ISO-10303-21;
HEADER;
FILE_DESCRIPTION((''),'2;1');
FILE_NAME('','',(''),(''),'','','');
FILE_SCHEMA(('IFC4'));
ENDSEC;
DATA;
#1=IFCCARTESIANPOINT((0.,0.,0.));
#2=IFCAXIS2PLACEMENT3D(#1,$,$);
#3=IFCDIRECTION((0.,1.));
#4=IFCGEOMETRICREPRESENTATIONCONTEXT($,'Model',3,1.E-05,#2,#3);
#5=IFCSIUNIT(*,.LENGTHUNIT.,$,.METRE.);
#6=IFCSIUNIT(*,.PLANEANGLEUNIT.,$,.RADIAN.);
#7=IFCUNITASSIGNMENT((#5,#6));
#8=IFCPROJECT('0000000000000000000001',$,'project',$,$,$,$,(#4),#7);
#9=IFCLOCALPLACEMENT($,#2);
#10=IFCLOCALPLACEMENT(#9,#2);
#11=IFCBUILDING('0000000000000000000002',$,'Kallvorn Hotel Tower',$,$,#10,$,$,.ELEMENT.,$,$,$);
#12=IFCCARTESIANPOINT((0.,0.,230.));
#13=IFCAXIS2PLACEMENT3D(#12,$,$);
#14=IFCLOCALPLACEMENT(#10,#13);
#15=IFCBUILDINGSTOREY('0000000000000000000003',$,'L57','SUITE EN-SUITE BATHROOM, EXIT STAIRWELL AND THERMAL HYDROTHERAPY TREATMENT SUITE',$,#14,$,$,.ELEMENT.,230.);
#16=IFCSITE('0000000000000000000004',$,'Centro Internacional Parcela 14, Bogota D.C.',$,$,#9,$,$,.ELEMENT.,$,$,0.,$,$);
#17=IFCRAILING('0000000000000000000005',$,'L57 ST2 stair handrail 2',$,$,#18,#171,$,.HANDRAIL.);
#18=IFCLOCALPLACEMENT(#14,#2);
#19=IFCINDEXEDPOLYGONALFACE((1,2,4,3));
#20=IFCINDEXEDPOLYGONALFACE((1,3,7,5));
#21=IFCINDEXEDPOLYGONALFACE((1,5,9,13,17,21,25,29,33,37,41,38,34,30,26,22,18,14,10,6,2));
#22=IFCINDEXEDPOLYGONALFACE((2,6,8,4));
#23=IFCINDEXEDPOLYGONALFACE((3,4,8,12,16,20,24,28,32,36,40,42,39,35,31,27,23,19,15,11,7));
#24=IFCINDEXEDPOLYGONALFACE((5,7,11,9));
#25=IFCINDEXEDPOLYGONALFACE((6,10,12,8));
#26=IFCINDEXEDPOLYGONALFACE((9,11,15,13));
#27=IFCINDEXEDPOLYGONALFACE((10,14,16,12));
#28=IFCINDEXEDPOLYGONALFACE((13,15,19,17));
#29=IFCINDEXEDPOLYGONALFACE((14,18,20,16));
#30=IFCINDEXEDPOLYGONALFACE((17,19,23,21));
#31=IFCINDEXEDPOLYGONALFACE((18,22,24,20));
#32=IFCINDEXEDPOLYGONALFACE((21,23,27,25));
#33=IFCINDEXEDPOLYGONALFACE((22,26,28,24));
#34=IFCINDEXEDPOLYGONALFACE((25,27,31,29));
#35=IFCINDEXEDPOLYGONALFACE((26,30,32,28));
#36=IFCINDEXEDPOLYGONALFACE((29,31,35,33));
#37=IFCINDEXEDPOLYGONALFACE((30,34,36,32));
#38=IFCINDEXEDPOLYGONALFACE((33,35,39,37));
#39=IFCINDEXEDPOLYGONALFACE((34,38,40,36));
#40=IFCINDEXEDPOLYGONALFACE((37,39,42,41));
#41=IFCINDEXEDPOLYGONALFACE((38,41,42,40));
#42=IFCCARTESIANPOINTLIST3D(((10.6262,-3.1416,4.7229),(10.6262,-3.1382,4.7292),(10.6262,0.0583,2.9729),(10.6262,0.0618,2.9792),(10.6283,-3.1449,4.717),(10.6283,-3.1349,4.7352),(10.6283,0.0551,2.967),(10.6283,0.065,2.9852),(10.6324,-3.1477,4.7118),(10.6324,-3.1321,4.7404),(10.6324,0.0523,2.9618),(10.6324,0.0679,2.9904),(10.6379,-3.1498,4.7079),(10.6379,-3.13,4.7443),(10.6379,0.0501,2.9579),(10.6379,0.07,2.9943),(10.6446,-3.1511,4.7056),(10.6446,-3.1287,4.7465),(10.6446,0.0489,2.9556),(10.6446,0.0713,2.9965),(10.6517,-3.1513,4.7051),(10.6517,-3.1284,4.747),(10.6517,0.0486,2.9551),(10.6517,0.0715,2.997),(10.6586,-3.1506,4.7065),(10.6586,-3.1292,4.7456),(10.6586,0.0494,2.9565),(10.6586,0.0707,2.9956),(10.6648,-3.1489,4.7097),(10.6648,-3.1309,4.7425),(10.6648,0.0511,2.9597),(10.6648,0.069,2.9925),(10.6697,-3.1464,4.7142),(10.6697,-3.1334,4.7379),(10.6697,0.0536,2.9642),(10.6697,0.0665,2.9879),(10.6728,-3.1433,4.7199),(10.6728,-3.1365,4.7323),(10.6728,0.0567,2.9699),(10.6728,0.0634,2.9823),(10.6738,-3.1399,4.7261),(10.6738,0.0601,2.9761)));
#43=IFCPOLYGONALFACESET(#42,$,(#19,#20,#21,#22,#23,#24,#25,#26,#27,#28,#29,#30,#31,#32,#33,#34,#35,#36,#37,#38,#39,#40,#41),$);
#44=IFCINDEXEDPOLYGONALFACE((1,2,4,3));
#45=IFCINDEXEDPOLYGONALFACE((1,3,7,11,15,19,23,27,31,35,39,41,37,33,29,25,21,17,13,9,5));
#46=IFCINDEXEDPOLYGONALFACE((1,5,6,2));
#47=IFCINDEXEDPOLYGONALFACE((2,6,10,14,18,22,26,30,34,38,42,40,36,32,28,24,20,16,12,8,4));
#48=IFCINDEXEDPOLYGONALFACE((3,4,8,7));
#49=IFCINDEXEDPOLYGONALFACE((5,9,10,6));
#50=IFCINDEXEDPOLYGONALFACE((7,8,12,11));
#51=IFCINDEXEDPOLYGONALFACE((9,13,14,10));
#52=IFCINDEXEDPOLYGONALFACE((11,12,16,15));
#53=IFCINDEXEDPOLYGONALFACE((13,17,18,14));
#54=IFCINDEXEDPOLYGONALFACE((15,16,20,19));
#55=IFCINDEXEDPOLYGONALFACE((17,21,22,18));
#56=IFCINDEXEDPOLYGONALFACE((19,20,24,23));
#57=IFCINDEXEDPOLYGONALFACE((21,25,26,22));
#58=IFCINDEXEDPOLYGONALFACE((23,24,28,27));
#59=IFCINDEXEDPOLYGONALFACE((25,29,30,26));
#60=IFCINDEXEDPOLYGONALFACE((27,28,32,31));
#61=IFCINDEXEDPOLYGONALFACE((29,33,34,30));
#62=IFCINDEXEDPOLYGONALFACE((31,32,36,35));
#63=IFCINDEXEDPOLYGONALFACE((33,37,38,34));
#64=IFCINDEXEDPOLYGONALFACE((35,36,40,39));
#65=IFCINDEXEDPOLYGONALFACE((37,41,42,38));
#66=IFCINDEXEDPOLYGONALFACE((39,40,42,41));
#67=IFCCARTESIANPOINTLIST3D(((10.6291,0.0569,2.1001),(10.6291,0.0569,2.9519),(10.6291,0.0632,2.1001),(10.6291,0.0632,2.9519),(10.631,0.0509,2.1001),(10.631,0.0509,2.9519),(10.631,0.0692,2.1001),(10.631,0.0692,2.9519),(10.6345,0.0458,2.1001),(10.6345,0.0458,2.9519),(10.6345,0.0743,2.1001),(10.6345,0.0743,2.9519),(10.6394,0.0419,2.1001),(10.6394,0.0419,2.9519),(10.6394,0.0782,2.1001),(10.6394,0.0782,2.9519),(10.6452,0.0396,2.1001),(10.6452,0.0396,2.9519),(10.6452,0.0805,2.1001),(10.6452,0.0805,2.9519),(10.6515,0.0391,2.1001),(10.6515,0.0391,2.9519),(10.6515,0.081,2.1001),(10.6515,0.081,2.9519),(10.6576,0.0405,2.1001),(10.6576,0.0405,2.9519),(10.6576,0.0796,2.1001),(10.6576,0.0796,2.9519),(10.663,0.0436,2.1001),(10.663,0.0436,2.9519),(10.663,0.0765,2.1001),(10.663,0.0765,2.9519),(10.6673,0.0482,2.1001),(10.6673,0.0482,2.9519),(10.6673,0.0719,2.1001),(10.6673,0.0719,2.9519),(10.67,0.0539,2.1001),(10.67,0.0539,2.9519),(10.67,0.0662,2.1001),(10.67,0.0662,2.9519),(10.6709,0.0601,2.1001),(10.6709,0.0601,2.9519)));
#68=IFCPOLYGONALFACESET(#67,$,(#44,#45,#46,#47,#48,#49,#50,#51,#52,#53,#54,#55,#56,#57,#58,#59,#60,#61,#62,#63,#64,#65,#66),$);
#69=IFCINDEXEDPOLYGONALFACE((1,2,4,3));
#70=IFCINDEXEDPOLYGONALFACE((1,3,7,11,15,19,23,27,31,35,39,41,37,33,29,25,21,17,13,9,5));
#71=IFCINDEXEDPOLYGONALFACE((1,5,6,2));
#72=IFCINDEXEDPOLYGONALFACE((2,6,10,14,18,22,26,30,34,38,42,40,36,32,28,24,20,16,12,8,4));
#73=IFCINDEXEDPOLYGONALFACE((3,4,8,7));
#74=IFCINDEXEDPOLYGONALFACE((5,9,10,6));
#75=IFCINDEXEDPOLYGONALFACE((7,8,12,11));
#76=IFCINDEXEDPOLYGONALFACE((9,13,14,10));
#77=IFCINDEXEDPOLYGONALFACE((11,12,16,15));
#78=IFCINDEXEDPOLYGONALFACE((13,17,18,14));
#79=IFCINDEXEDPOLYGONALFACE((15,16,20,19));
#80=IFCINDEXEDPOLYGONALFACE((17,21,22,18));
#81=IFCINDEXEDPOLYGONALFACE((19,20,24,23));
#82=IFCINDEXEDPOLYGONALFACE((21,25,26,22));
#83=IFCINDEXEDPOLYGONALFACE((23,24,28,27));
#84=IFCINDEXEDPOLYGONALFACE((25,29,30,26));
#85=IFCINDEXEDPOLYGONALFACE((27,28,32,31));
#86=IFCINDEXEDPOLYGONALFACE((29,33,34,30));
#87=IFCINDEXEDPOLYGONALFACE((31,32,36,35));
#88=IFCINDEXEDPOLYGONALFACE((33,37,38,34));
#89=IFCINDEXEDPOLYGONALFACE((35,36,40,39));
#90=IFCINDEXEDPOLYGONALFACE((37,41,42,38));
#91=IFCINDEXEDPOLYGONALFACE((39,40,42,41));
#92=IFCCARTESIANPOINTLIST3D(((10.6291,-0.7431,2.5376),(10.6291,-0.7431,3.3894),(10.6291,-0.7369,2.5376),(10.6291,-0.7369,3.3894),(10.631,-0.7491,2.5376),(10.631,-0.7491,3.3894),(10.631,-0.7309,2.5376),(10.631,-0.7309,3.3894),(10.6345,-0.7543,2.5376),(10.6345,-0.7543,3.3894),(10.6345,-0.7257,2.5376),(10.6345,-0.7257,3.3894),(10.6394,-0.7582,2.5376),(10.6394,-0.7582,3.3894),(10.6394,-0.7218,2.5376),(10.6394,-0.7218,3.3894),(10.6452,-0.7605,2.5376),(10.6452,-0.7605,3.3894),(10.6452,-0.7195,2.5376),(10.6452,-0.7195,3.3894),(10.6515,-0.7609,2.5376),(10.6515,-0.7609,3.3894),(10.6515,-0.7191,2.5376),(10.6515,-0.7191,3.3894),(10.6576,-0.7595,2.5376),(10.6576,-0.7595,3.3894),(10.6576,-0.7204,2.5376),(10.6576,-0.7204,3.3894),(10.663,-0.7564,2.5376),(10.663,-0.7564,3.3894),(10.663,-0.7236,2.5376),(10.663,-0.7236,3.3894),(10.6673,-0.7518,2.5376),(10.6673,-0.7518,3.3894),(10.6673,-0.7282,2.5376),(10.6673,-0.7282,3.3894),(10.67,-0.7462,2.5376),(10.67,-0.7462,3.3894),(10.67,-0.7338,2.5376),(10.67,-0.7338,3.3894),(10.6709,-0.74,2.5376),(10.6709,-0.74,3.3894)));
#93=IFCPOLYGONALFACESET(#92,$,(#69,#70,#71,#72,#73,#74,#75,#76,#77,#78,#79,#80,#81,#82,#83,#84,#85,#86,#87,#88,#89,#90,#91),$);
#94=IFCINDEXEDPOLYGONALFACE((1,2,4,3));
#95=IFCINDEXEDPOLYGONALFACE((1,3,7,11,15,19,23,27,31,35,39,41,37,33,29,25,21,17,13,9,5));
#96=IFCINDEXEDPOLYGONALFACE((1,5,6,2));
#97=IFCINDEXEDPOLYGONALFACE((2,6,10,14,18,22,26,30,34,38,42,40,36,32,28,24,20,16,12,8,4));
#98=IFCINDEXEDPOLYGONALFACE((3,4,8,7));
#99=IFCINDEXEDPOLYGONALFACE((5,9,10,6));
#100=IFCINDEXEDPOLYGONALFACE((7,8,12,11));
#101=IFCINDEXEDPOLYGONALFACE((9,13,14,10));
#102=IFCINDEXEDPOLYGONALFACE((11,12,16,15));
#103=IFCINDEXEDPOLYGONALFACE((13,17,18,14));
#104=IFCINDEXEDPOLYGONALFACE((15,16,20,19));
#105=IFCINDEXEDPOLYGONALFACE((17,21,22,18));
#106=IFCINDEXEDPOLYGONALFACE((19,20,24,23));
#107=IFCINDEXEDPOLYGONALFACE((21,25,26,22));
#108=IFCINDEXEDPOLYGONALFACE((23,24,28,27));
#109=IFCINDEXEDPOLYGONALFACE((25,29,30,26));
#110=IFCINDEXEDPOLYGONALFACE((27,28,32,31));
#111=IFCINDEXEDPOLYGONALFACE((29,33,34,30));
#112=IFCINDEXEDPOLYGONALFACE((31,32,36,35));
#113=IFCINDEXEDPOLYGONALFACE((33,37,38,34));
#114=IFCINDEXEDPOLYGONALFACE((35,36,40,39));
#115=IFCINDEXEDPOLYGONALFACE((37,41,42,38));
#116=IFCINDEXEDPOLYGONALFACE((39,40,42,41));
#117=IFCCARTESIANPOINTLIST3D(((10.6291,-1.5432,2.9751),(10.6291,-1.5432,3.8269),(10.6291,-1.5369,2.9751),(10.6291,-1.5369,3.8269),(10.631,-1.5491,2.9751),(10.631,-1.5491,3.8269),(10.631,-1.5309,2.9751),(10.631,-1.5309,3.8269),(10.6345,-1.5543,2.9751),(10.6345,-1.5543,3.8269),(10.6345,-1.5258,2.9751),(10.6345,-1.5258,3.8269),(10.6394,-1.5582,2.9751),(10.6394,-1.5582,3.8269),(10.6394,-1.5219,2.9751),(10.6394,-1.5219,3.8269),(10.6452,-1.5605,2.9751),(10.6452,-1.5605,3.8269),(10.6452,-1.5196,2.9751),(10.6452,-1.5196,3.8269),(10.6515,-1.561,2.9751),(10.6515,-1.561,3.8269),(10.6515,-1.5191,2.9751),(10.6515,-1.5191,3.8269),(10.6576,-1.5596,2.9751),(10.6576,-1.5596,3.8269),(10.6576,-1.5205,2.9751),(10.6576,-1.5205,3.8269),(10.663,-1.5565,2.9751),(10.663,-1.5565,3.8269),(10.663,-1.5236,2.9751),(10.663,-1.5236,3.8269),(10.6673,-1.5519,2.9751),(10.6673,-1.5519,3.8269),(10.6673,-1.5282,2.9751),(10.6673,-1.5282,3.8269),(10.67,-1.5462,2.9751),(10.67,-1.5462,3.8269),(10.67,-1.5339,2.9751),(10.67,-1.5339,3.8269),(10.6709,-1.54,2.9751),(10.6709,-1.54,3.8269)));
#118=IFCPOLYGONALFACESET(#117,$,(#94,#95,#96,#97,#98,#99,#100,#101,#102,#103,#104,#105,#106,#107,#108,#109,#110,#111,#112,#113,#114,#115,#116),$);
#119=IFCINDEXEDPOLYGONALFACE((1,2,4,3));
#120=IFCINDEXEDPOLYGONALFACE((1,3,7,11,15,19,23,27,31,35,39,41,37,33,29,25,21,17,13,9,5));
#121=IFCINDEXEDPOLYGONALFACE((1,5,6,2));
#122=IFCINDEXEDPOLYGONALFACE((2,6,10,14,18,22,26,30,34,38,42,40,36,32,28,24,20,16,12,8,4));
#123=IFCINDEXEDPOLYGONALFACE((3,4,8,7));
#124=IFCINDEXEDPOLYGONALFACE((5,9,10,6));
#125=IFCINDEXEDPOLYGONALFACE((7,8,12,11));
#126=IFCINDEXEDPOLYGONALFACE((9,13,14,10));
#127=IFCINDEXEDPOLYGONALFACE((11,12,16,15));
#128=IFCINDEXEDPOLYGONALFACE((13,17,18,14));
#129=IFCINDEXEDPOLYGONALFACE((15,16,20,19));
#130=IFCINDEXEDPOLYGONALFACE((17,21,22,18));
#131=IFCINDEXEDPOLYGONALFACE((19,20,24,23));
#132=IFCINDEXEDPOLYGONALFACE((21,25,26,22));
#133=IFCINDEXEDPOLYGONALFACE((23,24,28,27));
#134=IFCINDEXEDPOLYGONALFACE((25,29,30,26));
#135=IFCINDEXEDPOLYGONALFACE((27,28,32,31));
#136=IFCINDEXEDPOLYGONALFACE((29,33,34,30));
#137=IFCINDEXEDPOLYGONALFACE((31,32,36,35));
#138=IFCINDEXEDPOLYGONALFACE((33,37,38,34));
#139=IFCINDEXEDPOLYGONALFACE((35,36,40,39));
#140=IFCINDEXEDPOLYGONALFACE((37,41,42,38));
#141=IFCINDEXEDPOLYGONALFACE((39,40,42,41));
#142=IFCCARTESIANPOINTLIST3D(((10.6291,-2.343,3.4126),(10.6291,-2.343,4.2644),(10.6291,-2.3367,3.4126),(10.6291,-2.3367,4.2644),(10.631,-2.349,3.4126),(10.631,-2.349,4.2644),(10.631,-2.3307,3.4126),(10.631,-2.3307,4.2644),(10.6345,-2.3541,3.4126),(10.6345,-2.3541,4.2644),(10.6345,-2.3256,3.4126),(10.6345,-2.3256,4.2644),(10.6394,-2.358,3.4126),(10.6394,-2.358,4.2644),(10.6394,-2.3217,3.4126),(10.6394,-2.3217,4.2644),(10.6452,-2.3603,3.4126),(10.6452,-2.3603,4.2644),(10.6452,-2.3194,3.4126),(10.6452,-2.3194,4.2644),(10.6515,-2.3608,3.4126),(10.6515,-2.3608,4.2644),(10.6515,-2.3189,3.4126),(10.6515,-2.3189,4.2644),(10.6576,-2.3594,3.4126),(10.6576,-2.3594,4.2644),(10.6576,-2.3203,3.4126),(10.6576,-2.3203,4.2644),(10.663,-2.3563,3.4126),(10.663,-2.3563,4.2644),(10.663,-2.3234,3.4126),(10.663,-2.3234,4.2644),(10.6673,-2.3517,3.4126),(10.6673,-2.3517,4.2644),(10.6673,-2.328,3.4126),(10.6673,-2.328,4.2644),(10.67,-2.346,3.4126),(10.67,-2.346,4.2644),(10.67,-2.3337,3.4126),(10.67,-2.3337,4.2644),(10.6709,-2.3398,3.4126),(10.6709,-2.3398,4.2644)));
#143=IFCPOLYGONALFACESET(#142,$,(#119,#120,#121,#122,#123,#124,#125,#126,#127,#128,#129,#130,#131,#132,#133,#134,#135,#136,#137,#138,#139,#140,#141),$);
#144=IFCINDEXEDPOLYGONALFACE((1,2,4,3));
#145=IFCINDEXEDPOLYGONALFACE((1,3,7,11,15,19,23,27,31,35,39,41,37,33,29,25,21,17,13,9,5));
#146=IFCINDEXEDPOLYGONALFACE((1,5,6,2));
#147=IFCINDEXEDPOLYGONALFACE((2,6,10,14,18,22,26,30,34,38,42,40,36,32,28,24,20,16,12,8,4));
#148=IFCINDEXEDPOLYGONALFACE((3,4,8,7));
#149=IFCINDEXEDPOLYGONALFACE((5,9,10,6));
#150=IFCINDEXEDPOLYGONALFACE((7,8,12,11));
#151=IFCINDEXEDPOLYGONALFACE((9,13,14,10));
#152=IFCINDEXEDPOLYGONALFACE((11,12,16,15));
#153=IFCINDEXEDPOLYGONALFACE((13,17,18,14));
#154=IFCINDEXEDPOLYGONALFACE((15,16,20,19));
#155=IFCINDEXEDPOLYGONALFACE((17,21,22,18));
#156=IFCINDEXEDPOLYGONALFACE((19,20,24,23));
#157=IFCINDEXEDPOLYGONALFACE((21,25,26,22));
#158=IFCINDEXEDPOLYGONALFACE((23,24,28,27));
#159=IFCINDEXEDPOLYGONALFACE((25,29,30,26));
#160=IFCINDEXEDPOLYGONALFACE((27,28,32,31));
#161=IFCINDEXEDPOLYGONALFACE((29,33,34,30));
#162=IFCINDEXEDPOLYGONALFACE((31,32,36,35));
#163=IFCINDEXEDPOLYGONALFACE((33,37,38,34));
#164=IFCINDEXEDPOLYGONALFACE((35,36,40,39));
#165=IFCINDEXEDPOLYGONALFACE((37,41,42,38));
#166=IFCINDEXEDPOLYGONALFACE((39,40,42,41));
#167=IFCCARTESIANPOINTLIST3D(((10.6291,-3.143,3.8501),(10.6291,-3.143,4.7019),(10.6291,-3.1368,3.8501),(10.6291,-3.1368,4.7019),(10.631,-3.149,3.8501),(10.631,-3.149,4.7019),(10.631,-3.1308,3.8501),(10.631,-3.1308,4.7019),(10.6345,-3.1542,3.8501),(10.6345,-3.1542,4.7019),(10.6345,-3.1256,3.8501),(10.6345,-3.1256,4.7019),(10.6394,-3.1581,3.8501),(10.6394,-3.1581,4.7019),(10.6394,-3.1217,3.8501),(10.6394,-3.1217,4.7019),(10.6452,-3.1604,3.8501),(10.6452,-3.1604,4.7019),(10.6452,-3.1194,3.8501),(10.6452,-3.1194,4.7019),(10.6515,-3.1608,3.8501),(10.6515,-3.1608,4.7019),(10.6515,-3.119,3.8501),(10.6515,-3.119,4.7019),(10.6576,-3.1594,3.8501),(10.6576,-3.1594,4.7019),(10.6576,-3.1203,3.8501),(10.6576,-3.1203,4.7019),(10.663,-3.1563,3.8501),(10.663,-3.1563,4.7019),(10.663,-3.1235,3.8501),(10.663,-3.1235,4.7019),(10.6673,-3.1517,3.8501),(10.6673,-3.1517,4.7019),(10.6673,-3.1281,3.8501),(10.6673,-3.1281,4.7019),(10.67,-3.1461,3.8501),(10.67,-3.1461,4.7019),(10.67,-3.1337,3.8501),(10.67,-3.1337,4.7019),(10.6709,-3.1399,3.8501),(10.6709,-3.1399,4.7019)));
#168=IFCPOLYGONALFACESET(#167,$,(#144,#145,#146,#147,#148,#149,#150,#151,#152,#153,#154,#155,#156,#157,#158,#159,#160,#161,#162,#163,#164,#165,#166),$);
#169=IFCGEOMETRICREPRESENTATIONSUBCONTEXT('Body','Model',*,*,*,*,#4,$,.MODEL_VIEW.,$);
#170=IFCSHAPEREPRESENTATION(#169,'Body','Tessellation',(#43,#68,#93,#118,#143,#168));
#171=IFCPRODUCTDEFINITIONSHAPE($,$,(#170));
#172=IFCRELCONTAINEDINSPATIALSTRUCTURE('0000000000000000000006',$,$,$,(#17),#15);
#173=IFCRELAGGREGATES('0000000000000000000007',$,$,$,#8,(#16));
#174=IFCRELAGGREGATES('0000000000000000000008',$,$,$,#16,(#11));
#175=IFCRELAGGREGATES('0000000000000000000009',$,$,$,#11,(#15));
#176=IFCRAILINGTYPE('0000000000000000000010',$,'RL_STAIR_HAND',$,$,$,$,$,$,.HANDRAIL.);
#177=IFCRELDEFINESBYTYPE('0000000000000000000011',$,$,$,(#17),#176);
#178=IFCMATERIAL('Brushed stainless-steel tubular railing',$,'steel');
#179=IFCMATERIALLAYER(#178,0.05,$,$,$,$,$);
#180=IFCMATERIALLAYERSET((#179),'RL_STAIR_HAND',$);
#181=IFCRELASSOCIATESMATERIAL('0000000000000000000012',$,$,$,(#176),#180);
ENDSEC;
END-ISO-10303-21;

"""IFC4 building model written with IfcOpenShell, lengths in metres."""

from ifc_helpers import new_model, si_unit, direction, frame, origin, origin_2d, place, context, subcontext, project, spatial, circle, extrude, material, layer, layer_set, type_object, element, save


model = new_model("IFC4")

# Units and contexts
model_context = context("Model", 3, precision=1e-05, world=origin(), true_north=direction((0.0, 1.0)))
body_context = subcontext(model_context, "Body", "Model", "MODEL_VIEW")
ifc_project = project(units=[si_unit("LENGTHUNIT", "METRE"), si_unit("PLANEANGLEUNIT", "RADIAN")], contexts=[model_context])

# Site, building, storey
site_placement = place(None, origin())
site = spatial("IfcSite", under=ifc_project, at=site_placement, Name="Centro Internacional Parcela 14, Bogota D.C.", CompositionType="ELEMENT", RefElevation=0.0)
building_placement = place(site_placement, origin())
building = spatial("IfcBuilding", under=site, at=building_placement, Name="Kallvorn Hotel Tower", CompositionType="ELEMENT")
storey_placement = place(building_placement, frame((0.0, 0.0, 230.0)))
storey = spatial("IfcBuildingStorey", under=building, at=storey_placement, Name="L57", Description="SUITE EN-SUITE BATHROOM, EXIT STAIRWELL AND THERMAL HYDROTHERAPY TREATMENT SUITE", CompositionType="ELEMENT", Elevation=230.0)

# Railing
ifc_material_1 = material(Name="Brushed stainless-steel tubular railing", Category="steel")
ifc_layer_1 = layer(ifc_material_1, 0.05)
ifc_layer_set_1 = layer_set([ifc_layer_1], Name="RL_STAIR_HAND")
railing_type_1 = type_object("IfcRailingType", Name="RL_STAIR_HAND", PredefinedType="HANDRAIL", material=ifc_layer_set_1)
railing_1_placement = place(storey_placement, frame((10.6499, 0.0601, 2.1001)))
element("IfcRailing", 1, at=railing_1_placement, inside=storey, type_object=railing_type_1, Name="L57 ST2 stair handrail 2", PredefinedType="HANDRAIL", context=body_context, shape_type="SweptSolid", body=[
    extrude(circle(Radius=0.0239, at=origin_2d()), frame((0.0, 0.0, 0.876), z_axis=(0.0, -0.877368, 0.479818), x_axis=(1.0, 0.0, 0.0)), (0.0, 0.0, 1.0), 3.6472),
    extrude(circle(Radius=0.021, at=origin_2d()), origin(), (0.0, 0.0, 1.0), 0.8518),
    extrude(circle(Radius=0.021, at=origin_2d()), frame((0.0, -0.8, 0.4375)), (0.0, 0.0, 1.0), 0.8518),
    extrude(circle(Radius=0.021, at=origin_2d()), frame((0.0, -1.6001, 0.875)), (0.0, 0.0, 1.0), 0.8518),
    extrude(circle(Radius=0.021, at=origin_2d()), frame((0.0, -2.3999, 1.3125)), (0.0, 0.0, 1.0), 0.8518),
    extrude(circle(Radius=0.021, at=origin_2d()), frame((0.0, -3.2, 1.75)), (0.0, 0.0, 1.0), 0.8518),
])

save(model, "model.ifc")
